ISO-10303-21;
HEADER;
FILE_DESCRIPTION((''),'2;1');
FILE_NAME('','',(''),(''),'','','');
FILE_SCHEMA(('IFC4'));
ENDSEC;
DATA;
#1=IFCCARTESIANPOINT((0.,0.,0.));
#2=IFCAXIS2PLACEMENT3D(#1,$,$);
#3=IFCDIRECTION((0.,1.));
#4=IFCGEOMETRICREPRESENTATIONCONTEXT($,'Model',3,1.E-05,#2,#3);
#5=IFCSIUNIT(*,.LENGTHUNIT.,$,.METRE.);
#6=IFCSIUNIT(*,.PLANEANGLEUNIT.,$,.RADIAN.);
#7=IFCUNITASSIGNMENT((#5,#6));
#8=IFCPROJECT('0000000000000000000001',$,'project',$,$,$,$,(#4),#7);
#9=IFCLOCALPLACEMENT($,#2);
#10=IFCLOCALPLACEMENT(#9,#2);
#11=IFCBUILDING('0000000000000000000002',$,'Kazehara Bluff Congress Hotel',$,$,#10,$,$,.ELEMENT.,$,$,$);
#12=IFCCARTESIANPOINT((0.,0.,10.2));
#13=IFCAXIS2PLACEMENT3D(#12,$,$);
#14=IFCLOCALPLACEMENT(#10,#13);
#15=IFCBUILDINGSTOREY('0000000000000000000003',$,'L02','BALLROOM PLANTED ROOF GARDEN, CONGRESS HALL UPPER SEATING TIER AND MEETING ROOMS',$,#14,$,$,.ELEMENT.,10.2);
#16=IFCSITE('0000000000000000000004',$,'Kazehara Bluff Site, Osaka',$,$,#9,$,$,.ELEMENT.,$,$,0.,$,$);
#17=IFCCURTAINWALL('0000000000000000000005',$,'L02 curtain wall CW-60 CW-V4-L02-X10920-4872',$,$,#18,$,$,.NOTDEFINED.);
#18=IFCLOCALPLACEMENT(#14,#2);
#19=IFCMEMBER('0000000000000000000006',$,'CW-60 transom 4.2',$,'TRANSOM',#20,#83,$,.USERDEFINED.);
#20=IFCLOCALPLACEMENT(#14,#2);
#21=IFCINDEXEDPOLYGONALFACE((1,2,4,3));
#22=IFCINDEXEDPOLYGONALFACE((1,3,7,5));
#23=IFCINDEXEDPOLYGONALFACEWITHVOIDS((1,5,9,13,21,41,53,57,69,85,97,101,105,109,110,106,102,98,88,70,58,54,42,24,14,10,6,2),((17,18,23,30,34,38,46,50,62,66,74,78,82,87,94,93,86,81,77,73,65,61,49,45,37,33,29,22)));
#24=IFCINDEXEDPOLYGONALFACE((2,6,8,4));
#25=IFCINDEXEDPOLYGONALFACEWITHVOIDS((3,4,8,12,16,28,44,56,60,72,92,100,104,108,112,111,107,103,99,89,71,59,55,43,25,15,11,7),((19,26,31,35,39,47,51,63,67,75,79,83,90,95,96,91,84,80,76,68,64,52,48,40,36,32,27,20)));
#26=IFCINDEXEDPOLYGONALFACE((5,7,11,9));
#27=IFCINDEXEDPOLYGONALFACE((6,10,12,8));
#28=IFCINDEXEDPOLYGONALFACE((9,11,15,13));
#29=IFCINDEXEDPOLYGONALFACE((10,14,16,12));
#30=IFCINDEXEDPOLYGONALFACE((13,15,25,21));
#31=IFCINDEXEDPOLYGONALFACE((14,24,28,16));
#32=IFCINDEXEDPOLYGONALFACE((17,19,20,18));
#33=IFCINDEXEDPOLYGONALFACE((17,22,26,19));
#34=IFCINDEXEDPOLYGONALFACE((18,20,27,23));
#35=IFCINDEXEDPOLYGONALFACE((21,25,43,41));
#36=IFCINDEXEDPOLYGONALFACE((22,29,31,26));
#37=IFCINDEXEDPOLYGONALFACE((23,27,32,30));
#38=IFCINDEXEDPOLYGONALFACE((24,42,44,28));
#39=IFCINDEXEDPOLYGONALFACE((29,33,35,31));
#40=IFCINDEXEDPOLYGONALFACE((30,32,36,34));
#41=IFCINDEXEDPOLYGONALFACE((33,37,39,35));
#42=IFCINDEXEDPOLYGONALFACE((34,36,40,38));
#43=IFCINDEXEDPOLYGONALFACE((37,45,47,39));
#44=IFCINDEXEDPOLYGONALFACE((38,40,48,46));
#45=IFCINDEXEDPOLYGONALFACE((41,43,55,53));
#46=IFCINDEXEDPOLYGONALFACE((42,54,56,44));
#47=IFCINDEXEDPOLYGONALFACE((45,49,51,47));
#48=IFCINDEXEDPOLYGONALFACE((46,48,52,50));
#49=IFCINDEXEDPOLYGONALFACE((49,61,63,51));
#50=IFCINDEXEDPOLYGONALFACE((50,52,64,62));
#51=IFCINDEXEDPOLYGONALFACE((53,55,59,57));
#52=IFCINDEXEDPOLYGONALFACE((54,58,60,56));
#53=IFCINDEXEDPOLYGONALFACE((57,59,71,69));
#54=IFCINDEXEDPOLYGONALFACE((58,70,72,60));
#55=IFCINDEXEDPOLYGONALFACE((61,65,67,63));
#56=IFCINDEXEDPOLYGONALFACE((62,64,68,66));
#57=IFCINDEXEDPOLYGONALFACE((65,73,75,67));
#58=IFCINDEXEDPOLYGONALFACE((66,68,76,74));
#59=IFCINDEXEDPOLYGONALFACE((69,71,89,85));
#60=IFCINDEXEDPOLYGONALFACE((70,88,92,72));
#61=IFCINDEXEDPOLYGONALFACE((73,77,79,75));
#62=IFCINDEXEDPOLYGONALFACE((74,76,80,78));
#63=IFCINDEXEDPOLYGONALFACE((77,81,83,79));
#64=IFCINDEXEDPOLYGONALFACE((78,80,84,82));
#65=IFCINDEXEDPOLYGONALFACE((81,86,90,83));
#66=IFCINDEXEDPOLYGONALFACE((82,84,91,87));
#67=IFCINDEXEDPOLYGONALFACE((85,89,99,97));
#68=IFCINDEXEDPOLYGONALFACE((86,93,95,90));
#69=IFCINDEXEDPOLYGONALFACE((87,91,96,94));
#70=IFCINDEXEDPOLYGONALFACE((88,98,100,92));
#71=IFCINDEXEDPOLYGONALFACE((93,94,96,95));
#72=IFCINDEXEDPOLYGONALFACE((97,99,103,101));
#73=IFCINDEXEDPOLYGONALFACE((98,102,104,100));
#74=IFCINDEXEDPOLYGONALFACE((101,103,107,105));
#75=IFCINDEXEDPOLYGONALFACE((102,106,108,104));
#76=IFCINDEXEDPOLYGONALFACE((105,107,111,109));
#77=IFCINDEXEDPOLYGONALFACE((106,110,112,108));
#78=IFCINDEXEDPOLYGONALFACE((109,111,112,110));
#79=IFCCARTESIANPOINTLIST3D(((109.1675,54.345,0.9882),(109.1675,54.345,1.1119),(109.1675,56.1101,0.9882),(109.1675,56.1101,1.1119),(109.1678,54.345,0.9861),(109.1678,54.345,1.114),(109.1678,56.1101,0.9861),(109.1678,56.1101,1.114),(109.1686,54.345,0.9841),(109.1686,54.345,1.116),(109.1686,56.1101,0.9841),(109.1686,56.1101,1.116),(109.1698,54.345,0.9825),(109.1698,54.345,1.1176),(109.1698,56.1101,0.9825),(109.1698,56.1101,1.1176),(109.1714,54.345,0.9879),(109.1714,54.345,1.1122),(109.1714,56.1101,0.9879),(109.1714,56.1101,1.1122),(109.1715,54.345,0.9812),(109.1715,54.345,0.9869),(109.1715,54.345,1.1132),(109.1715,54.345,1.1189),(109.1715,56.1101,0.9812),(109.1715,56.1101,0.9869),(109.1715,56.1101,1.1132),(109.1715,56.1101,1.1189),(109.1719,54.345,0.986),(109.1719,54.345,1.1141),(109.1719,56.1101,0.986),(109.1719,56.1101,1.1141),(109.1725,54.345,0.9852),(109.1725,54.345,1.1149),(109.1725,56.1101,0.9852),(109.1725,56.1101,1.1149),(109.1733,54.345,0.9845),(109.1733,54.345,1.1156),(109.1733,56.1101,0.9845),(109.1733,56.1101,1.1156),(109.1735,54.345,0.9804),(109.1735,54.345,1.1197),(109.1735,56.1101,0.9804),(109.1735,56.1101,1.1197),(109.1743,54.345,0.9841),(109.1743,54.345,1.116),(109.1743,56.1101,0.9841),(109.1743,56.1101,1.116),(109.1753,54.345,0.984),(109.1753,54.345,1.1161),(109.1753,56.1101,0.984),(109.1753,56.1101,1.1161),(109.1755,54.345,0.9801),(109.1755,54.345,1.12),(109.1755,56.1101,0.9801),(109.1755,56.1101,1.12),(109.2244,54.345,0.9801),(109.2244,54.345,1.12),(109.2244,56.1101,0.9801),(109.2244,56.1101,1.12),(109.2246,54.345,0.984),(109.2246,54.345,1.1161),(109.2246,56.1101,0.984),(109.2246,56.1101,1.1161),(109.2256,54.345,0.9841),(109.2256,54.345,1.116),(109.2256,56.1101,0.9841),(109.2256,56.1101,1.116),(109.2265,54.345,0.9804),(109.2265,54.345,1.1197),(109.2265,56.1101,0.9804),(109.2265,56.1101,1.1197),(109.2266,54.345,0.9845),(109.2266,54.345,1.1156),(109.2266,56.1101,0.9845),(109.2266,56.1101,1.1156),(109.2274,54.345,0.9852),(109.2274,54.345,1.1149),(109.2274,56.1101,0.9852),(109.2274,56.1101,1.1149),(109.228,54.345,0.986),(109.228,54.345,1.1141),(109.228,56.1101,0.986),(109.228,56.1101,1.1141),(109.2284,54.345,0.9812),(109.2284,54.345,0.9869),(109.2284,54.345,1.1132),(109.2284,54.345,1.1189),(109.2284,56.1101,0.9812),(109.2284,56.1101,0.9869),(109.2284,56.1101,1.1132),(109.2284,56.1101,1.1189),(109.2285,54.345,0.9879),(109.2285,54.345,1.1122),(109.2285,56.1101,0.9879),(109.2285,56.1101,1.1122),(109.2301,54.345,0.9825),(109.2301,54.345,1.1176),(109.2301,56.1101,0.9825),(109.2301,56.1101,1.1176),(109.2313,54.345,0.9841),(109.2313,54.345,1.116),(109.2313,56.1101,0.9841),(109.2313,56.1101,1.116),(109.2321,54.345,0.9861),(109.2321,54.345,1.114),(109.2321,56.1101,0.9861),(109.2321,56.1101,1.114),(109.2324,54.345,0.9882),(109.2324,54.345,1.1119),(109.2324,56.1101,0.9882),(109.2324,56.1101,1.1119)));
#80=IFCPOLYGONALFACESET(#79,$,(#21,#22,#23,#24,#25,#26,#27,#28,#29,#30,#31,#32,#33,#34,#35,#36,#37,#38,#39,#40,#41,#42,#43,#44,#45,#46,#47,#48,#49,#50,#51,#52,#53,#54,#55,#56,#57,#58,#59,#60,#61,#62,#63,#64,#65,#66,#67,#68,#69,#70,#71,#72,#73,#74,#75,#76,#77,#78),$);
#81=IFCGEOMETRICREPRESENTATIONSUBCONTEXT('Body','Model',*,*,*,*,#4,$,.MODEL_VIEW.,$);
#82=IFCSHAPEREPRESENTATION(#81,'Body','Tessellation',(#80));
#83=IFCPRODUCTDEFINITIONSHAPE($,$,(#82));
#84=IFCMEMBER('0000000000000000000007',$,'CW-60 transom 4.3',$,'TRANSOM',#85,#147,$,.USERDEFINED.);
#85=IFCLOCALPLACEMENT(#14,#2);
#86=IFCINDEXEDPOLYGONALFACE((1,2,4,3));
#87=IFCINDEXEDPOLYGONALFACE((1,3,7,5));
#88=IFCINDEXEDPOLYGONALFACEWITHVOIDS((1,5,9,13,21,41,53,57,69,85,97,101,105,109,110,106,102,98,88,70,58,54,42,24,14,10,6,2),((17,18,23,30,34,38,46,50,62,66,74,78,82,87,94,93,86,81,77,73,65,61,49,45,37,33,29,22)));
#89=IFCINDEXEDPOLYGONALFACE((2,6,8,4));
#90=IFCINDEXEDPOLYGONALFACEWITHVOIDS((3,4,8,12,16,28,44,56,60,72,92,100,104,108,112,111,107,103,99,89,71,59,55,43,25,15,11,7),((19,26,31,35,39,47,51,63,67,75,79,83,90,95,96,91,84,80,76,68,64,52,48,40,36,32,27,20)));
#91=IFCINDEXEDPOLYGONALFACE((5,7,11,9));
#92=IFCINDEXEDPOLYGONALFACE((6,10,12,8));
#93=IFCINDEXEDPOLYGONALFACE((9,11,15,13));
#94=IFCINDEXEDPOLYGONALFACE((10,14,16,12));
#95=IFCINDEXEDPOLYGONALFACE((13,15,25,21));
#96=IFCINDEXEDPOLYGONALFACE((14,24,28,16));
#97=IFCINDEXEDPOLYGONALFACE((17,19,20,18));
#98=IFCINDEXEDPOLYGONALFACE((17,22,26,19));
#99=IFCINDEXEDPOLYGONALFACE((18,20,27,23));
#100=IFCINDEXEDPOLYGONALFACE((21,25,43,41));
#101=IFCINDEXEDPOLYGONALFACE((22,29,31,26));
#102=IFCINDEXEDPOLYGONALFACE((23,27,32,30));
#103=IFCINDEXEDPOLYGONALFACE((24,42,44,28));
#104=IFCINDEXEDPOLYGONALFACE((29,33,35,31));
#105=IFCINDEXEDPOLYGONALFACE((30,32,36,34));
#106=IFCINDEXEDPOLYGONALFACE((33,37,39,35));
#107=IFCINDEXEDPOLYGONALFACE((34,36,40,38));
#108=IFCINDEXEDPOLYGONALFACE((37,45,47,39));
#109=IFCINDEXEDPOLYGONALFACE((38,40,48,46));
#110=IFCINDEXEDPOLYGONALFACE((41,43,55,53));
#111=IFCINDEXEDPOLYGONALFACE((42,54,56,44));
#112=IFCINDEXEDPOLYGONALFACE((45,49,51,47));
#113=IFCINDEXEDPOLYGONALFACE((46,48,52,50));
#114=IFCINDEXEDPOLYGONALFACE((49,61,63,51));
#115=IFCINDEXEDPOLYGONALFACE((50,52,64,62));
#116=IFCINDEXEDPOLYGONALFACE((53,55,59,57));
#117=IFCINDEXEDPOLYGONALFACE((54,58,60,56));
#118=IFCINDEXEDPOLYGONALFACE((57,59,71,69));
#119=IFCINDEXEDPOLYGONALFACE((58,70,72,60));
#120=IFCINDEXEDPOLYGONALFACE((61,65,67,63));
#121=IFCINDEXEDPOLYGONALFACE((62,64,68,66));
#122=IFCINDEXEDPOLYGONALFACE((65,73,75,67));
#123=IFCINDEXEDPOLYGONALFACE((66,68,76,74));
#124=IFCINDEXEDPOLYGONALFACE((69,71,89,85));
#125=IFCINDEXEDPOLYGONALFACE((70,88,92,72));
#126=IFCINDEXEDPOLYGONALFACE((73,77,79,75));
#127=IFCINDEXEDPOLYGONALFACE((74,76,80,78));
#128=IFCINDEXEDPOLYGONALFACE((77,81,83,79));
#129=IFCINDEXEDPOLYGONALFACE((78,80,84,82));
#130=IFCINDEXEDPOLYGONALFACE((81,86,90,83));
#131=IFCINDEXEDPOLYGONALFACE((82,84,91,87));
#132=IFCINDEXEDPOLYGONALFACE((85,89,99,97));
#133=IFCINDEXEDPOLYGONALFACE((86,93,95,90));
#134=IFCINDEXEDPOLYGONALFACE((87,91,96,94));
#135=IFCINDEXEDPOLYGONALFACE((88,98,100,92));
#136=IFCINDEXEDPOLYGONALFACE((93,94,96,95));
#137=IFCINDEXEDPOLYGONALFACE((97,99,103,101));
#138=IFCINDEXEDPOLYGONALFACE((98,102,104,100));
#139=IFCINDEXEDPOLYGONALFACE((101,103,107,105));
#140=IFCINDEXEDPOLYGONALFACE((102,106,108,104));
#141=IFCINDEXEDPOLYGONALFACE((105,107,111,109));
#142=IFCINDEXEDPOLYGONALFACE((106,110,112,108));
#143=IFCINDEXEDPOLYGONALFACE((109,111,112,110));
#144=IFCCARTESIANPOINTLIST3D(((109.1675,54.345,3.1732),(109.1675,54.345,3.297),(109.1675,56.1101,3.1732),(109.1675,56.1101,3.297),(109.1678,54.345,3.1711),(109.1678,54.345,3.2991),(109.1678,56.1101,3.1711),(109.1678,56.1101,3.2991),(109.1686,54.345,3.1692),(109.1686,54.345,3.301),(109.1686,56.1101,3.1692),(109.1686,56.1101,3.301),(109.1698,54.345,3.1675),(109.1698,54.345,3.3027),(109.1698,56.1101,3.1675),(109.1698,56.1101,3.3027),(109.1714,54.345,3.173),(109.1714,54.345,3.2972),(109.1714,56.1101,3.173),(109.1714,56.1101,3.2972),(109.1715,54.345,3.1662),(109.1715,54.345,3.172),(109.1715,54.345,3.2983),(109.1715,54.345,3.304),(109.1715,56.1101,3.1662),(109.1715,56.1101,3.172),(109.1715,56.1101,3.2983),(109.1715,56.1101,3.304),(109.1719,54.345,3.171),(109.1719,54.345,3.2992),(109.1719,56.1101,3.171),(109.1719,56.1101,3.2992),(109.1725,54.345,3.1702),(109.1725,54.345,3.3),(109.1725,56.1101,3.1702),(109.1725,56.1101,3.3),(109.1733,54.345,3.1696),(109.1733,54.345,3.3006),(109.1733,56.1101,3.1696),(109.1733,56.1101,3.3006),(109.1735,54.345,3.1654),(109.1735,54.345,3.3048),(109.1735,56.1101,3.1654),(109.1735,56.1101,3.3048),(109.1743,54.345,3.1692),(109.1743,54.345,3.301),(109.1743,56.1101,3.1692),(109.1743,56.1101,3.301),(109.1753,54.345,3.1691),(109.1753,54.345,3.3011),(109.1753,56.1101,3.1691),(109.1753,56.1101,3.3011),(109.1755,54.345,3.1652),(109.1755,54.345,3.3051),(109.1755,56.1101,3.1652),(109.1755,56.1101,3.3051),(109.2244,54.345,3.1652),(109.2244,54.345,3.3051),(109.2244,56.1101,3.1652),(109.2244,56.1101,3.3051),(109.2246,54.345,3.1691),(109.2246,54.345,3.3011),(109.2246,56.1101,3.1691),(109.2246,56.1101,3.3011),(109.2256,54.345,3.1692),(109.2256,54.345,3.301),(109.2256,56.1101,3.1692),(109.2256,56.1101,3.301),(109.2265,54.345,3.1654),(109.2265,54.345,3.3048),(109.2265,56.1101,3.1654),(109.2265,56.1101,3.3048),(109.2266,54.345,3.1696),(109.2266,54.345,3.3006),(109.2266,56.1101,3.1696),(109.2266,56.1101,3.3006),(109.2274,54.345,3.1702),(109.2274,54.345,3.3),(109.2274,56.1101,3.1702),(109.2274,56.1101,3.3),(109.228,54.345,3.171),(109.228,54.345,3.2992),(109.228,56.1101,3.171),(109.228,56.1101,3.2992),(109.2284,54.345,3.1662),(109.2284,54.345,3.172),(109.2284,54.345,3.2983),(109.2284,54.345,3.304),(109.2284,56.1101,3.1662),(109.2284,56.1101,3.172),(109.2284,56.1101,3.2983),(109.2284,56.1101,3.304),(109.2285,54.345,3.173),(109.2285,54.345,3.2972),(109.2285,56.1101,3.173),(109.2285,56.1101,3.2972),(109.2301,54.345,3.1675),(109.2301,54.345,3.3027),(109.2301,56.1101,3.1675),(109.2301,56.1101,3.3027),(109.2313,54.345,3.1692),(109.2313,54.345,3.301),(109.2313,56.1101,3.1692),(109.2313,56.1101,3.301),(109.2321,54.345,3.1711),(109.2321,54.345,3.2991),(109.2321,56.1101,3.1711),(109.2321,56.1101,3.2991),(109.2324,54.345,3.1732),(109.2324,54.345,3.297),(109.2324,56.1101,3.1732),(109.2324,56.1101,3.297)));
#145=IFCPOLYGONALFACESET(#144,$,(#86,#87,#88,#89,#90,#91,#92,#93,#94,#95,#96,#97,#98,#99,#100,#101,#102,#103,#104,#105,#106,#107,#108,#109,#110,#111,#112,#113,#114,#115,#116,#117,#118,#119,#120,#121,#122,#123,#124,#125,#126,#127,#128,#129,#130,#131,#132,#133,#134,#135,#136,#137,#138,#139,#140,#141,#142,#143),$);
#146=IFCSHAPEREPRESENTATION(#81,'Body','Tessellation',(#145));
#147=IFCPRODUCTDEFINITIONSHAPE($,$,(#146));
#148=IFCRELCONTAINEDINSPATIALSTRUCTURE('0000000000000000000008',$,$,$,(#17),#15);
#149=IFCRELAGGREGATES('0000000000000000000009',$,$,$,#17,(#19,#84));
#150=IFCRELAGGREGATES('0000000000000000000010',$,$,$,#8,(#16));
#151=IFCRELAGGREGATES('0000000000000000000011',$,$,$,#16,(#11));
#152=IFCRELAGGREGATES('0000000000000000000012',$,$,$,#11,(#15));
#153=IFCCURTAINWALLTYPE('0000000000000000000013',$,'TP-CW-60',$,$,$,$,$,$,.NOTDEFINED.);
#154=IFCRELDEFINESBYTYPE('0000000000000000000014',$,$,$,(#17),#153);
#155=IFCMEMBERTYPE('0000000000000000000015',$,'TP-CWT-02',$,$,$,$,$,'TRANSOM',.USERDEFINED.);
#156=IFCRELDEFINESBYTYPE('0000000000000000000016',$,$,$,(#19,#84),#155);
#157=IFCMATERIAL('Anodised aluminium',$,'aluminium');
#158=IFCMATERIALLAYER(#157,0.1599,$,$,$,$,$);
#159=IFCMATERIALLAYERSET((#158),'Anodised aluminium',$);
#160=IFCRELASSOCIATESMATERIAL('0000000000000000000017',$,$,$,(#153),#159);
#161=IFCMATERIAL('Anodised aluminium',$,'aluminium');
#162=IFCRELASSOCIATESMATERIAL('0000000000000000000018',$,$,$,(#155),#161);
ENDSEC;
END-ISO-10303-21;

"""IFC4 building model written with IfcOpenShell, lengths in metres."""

from ifc_helpers import new_model, si_unit, direction, frame, origin, origin_2d, place, context, subcontext, project, spatial, hollow_rectangle, extrude, material, layer, layer_set, material_profile, profile_set, type_object, element, aggregate, save


model = new_model("IFC4")

# Units and contexts
model_context = context("Model", 3, precision=1e-05, world=origin(), true_north=direction((0.0, 1.0)))
body_context = subcontext(model_context, "Body", "Model", "MODEL_VIEW")
ifc_project = project(units=[si_unit("LENGTHUNIT", "METRE"), si_unit("PLANEANGLEUNIT", "RADIAN")], contexts=[model_context])

# Site, building, storey
site_placement = place(None, origin())
site = spatial("IfcSite", under=ifc_project, at=site_placement, Name="Kazehara Bluff Site, Osaka", CompositionType="ELEMENT", RefElevation=0.0)
building_placement = place(site_placement, origin())
building = spatial("IfcBuilding", under=site, at=building_placement, Name="Kazehara Bluff Congress Hotel", CompositionType="ELEMENT")
storey_placement = place(building_placement, frame((0.0, 0.0, 10.2)))
storey = spatial("IfcBuildingStorey", under=building, at=storey_placement, Name="L02", Description="BALLROOM PLANTED ROOF GARDEN, CONGRESS HALL UPPER SEATING TIER AND MEETING ROOMS", CompositionType="ELEMENT", Elevation=10.2)

# Curtain wall, members
ifc_material_1 = material(Name="Anodised aluminium", Category="aluminium")
ifc_layer_1 = layer(ifc_material_1, 0.1599)
ifc_layer_set_1 = layer_set([ifc_layer_1], Name="Anodised aluminium")
curtain_wall_type = type_object("IfcCurtainWallType", Name="TP-CW-60", PredefinedType="NOTDEFINED", material=ifc_layer_set_1)
curtain_wall_placement = place(storey_placement, origin())
curtain_wall = element("IfcCurtainWall", 1, at=curtain_wall_placement, inside=storey, type_object=curtain_wall_type, Name="L02 curtain wall CW-60 CW-V4-L02-X10920-4872", PredefinedType="NOTDEFINED")
ifc_material_2 = material(Name="Anodised aluminium", Category="aluminium")
ifc_material_profile_1 = material_profile(ifc_material_2, hollow_rectangle(XDim=0.0649, YDim=0.1399, WallThickness=0.0039, InnerFilletRadius=0.0039, OuterFilletRadius=0.0081, at=origin_2d()))
ifc_profile_set_1 = profile_set([ifc_material_profile_1], Name="Anodised aluminium")
member_type_1 = type_object("IfcMemberType", Name="TP-CWT-02", ElementType="TRANSOM", PredefinedType="USERDEFINED", material=ifc_profile_set_1)
member_1_placement = place(storey_placement, frame((109.2, 54.345, 1.05), z_axis=(0.0, 1.0, 0.0), x_axis=(-1.0, 0.0, 0.0)))
member_1 = element("IfcMember", 2, at=member_1_placement, type_object=member_type_1, Name="CW-60 transom 4.2", ObjectType="TRANSOM", PredefinedType="USERDEFINED", context=body_context, shape_type="SweptSolid", body=[
    extrude(hollow_rectangle(XDim=0.0649, YDim=0.1399, WallThickness=0.0039, InnerFilletRadius=0.0039, OuterFilletRadius=0.0081, at=origin_2d()), origin(), (0.0, 0.0, 1.0), 1.7651),
])
member_2_placement = place(storey_placement, frame((109.2, 54.345, 3.2351), z_axis=(0.0, 1.0, 0.0), x_axis=(-1.0, 0.0, 0.0)))
member_2 = element("IfcMember", 3, at=member_2_placement, type_object=member_type_1, Name="CW-60 transom 4.3", ObjectType="TRANSOM", PredefinedType="USERDEFINED", context=body_context, shape_type="SweptSolid", body=[
    extrude(hollow_rectangle(XDim=0.0649, YDim=0.1399, WallThickness=0.0039, InnerFilletRadius=0.0039, OuterFilletRadius=0.0081, at=origin_2d()), origin(), (0.0, 0.0, 1.0), 1.7651),
])

aggregate(curtain_wall, [member_1, member_2])

save(model, "model.ifc")
